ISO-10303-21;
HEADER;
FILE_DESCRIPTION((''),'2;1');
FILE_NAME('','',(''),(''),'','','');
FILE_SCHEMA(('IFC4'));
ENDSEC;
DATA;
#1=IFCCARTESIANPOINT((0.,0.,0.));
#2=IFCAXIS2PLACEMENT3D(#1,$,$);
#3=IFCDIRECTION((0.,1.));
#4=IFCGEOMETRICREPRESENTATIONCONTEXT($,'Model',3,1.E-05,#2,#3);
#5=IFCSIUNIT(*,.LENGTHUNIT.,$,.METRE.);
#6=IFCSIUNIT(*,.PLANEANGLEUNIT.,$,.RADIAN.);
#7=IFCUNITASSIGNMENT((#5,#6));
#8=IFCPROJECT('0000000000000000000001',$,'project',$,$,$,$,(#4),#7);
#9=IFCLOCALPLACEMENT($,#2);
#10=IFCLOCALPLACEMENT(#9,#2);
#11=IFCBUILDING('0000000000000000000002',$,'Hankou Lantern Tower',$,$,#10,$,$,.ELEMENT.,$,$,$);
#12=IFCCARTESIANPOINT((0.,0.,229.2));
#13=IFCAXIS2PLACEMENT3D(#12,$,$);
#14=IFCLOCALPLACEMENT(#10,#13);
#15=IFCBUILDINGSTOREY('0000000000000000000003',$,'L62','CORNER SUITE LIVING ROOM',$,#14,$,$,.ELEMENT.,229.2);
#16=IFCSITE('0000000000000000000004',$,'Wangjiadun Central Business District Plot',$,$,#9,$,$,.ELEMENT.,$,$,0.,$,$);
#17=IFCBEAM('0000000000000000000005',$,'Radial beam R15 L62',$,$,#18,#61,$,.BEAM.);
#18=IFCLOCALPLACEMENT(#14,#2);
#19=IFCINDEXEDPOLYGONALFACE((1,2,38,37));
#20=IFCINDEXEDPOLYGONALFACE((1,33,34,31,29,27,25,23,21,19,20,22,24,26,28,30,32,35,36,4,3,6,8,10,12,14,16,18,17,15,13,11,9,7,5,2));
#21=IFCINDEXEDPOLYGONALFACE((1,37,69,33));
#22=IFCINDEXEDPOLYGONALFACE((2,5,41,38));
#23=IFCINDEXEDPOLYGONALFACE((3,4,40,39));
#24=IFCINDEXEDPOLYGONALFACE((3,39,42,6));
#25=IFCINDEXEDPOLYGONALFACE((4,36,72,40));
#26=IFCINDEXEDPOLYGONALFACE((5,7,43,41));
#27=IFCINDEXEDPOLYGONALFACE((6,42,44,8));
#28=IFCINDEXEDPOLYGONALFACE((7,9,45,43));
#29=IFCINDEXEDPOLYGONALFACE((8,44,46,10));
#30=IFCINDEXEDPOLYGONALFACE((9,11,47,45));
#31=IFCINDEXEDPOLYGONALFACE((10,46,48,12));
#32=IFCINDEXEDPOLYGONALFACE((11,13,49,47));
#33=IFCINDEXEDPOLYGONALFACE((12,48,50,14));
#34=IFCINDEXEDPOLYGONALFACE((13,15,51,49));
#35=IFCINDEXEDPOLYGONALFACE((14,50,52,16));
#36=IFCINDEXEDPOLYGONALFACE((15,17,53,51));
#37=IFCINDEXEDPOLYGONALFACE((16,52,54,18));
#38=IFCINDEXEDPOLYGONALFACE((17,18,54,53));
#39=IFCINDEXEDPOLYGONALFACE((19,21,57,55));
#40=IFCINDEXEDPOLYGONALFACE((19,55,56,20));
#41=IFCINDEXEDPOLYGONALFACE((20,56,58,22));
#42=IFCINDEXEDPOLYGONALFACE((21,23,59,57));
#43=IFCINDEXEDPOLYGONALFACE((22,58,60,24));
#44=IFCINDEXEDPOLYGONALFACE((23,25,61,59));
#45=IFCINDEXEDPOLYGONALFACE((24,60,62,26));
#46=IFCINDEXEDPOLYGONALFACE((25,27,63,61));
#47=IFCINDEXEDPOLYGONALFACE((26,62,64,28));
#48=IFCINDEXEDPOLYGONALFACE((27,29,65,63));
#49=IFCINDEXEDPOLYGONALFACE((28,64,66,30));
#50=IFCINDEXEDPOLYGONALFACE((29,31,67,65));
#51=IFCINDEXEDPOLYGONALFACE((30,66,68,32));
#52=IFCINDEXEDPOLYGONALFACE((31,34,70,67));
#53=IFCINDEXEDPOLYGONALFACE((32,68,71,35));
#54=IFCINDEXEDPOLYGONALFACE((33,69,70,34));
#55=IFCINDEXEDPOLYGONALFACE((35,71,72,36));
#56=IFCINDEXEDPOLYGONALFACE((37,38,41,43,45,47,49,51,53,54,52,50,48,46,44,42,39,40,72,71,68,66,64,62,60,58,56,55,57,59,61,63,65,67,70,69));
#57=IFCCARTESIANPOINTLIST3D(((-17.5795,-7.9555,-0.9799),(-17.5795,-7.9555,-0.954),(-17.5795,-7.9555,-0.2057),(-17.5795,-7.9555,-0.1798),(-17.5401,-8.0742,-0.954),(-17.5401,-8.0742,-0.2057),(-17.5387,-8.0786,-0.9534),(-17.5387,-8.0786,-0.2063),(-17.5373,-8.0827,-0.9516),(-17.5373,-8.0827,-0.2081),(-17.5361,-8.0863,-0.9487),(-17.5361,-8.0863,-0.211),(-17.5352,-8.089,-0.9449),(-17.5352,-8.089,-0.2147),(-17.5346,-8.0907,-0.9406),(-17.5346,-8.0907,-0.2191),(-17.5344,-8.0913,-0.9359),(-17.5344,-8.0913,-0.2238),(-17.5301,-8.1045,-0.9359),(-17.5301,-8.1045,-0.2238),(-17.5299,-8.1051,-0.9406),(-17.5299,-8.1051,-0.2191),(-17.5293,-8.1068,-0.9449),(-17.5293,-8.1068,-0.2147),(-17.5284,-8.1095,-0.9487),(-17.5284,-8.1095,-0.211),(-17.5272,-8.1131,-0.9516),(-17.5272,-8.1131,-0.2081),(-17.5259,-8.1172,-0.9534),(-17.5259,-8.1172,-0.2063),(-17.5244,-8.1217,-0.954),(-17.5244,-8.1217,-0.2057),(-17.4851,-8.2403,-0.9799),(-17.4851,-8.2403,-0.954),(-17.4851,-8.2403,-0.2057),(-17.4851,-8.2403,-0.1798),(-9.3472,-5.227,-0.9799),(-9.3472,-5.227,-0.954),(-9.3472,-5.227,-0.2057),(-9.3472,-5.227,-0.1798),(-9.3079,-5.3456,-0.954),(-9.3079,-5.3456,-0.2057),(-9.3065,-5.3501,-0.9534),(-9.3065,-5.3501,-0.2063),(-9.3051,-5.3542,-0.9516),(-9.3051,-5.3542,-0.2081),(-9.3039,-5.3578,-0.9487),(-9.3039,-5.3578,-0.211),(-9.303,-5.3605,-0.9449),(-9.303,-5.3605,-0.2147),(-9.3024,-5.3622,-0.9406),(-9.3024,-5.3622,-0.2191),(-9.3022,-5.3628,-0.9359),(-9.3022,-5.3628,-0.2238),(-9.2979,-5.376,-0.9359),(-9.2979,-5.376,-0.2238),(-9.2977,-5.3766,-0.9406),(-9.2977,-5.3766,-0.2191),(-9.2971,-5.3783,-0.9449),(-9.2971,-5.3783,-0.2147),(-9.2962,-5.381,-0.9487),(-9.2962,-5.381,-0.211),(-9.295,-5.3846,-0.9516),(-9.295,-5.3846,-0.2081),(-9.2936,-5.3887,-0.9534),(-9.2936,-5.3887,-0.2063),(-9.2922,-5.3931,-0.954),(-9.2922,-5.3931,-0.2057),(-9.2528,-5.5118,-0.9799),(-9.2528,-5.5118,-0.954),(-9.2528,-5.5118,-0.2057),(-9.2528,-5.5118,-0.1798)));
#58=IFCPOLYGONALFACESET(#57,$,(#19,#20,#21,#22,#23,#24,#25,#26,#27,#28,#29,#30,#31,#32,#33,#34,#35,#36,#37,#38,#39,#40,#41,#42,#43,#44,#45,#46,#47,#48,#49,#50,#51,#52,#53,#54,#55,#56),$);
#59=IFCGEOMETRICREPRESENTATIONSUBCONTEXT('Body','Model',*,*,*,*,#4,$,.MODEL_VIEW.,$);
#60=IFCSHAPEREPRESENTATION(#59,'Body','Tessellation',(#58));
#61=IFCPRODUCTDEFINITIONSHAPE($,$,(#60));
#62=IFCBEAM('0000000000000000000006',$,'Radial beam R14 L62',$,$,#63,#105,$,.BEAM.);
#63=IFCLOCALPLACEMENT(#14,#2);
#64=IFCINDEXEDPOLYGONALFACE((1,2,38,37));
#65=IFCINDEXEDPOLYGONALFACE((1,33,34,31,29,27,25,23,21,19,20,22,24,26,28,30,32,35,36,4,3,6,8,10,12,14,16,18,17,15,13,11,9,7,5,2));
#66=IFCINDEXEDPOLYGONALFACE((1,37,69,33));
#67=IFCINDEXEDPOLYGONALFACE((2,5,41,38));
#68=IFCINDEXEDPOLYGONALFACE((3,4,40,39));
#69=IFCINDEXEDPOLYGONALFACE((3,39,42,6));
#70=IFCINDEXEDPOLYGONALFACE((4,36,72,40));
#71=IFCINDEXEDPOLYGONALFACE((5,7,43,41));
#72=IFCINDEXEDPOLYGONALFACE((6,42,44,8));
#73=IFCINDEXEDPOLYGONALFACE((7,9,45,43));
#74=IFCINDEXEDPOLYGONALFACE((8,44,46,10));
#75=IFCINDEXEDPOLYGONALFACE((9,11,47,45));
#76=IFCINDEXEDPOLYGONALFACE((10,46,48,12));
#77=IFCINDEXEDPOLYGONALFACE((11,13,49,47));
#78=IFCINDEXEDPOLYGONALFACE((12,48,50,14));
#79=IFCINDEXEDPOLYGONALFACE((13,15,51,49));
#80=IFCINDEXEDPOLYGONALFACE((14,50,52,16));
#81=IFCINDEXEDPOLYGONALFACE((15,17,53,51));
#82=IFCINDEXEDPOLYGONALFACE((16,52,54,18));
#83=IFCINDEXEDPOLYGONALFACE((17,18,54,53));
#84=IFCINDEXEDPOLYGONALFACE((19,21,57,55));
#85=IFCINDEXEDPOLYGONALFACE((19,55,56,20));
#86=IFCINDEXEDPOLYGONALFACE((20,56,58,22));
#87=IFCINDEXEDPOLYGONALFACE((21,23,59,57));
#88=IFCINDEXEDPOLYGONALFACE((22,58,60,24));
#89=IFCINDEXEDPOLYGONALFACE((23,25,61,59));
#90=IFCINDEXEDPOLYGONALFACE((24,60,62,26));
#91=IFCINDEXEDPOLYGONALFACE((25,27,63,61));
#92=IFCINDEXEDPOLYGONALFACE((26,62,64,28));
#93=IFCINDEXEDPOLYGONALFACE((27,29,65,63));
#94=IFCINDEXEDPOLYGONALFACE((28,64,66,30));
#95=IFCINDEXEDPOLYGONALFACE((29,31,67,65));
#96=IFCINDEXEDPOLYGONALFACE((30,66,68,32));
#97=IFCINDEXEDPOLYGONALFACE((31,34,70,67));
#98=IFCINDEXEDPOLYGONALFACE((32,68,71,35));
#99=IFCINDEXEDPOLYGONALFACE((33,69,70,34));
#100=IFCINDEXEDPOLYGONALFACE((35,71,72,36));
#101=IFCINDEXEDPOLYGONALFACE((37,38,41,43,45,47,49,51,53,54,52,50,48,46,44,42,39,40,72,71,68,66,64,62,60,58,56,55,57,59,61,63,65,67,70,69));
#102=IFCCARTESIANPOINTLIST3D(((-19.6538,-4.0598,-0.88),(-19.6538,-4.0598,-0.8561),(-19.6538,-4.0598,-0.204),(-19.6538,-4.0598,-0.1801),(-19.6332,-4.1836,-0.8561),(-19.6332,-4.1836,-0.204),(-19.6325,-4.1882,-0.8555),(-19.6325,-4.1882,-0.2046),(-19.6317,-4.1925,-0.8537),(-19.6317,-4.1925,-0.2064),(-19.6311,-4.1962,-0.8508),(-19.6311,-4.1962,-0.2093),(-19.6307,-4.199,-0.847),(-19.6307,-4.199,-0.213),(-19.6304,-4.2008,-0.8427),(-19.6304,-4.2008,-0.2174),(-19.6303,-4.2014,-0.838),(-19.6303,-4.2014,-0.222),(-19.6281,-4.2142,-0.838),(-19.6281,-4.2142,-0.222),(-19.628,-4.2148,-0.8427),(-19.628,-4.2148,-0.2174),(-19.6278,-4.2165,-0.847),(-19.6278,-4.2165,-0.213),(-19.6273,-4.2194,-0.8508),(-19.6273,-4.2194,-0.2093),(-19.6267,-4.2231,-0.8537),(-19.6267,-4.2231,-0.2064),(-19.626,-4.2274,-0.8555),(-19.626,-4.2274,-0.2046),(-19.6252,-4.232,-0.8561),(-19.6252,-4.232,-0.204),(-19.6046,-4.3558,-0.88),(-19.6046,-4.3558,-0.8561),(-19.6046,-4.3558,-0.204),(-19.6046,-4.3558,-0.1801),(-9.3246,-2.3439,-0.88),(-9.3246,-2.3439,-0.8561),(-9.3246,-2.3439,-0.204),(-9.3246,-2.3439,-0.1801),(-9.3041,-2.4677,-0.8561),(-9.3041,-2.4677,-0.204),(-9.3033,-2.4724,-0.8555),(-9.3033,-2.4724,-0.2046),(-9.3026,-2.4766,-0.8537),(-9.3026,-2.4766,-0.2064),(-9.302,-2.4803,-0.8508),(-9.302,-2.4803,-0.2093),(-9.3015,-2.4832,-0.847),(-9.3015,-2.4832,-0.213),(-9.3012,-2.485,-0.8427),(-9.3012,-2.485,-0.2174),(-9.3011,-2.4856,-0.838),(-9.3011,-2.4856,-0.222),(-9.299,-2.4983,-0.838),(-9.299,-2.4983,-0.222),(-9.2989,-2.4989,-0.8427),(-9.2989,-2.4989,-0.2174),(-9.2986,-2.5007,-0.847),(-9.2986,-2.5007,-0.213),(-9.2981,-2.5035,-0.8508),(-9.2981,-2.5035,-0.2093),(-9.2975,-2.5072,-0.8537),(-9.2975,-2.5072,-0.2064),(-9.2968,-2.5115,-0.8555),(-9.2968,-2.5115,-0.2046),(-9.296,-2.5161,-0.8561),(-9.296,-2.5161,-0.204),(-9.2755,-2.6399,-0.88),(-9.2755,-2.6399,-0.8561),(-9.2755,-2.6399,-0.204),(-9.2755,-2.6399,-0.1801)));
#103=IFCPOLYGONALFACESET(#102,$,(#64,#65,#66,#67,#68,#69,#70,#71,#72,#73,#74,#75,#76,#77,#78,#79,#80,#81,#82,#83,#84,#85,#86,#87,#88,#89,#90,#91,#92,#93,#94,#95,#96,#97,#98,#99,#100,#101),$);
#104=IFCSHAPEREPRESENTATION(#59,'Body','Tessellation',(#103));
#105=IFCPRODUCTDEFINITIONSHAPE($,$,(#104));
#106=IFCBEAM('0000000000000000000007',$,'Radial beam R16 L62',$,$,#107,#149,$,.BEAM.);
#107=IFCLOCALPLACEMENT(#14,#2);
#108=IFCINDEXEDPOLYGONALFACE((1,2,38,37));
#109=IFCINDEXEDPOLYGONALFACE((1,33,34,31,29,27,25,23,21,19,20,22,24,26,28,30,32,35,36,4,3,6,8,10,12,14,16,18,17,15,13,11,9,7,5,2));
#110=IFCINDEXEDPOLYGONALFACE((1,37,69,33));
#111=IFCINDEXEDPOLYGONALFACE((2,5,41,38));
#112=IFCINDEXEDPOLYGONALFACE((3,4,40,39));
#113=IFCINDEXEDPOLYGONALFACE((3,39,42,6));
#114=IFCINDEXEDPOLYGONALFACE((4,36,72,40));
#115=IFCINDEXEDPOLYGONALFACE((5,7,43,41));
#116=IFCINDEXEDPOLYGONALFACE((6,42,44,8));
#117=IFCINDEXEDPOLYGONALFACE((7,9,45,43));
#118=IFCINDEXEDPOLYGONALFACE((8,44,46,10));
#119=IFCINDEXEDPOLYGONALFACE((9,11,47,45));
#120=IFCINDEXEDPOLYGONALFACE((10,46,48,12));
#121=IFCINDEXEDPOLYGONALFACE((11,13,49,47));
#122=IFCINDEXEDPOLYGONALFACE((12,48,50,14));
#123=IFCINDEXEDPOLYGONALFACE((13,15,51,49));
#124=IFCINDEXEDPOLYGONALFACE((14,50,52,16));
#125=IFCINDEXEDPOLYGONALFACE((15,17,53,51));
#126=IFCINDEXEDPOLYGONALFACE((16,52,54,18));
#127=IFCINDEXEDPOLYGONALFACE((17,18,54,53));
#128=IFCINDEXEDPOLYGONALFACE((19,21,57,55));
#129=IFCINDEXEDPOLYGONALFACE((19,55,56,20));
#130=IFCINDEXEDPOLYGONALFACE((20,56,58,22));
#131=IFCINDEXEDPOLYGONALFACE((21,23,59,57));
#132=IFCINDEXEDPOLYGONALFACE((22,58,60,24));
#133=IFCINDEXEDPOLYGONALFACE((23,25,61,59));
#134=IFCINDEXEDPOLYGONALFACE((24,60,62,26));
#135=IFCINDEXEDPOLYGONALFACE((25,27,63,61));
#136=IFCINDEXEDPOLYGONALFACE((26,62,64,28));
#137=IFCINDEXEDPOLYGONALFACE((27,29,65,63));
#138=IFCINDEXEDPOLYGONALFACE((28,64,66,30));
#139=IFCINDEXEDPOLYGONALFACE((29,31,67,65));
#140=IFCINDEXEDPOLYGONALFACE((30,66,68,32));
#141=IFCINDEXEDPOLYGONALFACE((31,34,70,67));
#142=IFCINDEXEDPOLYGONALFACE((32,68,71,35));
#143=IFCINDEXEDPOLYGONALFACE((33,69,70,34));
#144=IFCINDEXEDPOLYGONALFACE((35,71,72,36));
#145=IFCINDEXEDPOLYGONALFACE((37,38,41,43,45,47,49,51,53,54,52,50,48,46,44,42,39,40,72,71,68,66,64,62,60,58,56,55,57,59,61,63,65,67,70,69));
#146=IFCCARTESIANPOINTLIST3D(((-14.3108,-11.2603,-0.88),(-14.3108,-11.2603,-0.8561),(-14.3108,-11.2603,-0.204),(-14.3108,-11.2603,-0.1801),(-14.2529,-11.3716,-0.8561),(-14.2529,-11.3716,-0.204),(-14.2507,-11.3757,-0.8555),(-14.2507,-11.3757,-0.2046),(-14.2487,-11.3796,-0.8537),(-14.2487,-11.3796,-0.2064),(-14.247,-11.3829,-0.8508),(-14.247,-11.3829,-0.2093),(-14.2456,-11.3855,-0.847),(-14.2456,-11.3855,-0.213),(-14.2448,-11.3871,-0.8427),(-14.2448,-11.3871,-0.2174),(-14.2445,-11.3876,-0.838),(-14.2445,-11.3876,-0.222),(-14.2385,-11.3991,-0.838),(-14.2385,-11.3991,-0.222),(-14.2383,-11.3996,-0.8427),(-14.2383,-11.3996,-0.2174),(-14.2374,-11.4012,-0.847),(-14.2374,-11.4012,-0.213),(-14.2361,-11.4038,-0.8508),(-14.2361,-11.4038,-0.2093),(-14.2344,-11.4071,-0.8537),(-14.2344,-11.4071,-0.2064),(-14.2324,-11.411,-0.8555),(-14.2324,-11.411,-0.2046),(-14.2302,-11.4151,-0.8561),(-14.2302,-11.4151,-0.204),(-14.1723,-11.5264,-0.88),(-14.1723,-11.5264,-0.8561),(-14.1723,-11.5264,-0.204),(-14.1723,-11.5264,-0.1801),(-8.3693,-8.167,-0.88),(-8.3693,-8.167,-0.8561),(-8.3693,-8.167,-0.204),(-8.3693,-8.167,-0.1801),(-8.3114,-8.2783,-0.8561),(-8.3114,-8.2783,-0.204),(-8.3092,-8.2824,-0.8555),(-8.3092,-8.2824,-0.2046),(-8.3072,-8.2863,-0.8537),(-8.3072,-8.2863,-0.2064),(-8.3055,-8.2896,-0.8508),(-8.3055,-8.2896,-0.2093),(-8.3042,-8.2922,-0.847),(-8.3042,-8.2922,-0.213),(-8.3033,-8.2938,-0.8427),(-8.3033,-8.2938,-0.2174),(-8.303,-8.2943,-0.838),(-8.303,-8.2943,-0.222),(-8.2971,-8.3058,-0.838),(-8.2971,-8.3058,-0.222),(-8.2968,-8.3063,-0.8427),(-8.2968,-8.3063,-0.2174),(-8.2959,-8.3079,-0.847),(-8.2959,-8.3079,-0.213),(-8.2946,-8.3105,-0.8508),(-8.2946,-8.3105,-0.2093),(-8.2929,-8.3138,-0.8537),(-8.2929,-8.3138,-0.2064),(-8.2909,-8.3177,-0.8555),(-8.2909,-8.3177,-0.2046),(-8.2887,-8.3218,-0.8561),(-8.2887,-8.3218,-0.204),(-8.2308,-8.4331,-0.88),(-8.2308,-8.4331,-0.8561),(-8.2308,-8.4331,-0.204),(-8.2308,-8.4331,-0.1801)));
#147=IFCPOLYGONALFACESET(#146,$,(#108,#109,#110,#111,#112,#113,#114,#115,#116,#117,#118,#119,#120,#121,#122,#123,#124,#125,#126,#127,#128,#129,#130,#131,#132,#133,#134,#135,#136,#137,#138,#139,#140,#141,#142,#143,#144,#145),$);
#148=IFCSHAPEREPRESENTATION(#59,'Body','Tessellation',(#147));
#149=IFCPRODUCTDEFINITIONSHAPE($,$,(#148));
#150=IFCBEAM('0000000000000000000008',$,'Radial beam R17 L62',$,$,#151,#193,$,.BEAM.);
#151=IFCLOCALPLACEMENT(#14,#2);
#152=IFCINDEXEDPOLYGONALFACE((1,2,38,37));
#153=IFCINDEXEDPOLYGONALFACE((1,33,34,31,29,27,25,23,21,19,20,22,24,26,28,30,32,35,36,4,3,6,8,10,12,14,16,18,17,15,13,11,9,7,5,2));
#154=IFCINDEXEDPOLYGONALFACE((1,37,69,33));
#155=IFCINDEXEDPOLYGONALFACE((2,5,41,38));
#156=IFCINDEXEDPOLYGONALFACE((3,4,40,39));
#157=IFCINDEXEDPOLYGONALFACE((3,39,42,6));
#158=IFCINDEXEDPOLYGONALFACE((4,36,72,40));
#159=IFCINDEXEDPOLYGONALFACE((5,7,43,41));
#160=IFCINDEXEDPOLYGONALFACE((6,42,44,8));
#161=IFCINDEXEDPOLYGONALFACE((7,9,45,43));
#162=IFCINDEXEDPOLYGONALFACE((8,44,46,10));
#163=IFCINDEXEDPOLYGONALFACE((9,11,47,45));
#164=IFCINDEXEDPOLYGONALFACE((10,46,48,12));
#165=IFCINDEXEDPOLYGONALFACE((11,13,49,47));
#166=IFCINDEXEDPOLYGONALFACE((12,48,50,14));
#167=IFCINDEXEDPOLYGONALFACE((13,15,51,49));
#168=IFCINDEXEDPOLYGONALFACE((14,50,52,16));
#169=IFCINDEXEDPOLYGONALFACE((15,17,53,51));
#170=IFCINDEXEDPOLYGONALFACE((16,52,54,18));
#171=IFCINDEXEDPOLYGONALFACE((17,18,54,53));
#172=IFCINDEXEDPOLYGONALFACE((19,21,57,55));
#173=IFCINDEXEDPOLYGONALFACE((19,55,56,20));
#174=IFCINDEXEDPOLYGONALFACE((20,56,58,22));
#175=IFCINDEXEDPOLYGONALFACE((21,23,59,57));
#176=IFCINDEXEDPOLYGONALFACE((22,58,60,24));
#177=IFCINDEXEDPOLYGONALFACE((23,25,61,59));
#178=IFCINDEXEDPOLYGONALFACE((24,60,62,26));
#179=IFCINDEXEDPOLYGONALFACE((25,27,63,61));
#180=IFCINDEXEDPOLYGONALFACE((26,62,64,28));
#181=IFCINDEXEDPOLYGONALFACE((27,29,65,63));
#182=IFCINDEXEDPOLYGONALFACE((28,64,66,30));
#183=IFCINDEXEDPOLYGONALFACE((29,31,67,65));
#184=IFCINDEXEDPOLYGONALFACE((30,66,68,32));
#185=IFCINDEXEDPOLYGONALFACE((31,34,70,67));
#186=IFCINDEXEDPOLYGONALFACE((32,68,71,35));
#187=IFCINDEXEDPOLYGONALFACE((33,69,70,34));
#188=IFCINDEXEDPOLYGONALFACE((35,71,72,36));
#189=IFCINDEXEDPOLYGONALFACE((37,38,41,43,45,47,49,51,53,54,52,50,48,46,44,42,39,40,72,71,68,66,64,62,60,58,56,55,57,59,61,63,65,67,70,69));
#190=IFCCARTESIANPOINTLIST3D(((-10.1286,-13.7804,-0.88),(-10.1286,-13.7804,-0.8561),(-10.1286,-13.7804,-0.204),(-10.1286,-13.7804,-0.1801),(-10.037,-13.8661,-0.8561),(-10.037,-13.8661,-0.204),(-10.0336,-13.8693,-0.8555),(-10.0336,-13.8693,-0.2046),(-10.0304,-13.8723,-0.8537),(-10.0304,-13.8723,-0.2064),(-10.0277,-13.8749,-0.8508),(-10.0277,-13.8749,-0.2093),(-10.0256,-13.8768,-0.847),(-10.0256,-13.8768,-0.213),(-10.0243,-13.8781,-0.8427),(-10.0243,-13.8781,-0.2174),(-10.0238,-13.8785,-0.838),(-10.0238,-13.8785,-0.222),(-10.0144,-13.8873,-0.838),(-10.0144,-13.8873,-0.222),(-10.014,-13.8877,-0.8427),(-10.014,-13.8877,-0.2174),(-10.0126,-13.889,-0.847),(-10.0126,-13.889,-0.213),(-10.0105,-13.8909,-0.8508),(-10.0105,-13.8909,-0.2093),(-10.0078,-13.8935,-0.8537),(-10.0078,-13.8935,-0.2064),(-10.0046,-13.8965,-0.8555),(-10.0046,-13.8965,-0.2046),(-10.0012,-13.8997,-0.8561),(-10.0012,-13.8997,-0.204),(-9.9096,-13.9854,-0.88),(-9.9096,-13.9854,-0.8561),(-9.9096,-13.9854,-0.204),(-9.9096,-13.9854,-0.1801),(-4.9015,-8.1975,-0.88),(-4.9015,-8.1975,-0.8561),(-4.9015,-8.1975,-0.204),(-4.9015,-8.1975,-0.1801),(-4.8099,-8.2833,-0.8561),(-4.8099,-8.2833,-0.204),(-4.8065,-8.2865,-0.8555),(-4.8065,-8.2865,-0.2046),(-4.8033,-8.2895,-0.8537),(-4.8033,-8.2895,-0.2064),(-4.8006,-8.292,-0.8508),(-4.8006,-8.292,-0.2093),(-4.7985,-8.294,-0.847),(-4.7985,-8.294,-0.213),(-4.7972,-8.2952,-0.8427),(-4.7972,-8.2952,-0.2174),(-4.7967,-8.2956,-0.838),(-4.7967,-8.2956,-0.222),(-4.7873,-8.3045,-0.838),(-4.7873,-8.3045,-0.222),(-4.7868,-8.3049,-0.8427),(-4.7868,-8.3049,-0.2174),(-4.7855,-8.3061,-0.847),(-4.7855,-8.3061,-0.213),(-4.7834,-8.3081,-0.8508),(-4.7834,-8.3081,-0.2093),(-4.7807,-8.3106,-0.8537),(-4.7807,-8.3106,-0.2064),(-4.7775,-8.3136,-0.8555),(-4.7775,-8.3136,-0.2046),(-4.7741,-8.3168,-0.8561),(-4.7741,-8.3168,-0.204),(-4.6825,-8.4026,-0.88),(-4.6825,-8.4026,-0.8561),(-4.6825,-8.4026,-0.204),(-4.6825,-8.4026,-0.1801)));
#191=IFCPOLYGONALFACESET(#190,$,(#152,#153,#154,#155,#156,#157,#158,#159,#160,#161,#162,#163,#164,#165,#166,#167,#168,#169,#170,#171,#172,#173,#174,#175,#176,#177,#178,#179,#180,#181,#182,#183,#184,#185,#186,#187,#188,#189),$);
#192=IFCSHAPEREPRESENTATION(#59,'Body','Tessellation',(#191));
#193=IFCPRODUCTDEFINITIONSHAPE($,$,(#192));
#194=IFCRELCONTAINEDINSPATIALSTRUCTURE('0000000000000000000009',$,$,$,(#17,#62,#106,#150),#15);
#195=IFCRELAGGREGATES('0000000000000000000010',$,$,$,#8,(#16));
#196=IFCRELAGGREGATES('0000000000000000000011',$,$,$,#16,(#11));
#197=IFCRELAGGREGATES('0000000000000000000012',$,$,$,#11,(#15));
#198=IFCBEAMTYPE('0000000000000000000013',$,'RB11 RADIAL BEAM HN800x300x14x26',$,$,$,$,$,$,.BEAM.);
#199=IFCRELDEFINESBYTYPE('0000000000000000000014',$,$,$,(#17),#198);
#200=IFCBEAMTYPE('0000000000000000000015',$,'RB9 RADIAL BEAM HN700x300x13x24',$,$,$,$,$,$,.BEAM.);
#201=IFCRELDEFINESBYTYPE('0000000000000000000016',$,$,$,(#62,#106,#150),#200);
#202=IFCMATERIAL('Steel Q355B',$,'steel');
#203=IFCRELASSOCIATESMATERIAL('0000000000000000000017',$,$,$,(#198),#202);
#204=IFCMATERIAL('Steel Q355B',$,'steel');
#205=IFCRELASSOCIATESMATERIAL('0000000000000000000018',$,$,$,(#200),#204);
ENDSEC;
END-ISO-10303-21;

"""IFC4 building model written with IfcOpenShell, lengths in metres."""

from ifc_helpers import new_model, si_unit, direction, frame, origin, origin_2d, place, context, subcontext, project, spatial, i_section, extrude, material, material_profile, profile_set, type_object, element, save


model = new_model("IFC4")

# Units and contexts
model_context = context("Model", 3, precision=1e-05, world=origin(), true_north=direction((0.0, 1.0)))
body_context = subcontext(model_context, "Body", "Model", "MODEL_VIEW")
ifc_project = project(units=[si_unit("LENGTHUNIT", "METRE"), si_unit("PLANEANGLEUNIT", "RADIAN")], contexts=[model_context])

# Site, building, storey
site_placement = place(None, origin())
site = spatial("IfcSite", under=ifc_project, at=site_placement, Name="Wangjiadun Central Business District Plot", CompositionType="ELEMENT", RefElevation=0.0)
building_placement = place(site_placement, origin())
building = spatial("IfcBuilding", under=site, at=building_placement, Name="Hankou Lantern Tower", CompositionType="ELEMENT")
storey_placement = place(building_placement, frame((0.0, 0.0, 229.2)))
storey = spatial("IfcBuildingStorey", under=building, at=storey_placement, Name="L62", Description="CORNER SUITE LIVING ROOM", CompositionType="ELEMENT", Elevation=229.2)

# Beams
ifc_material_1 = material(Name="Steel Q355B", Category="steel")
ifc_material_profile_1 = material_profile(ifc_material_1, i_section(OverallWidth=0.3, OverallDepth=0.8, WebThickness=0.0139, FlangeThickness=0.0259, FilletRadius=0.0181, at=origin_2d()), Name="HN800x300x14x26")
ifc_profile_set_1 = profile_set([ifc_material_profile_1], Name="Steel Q355B")
beam_type_1 = type_object("IfcBeamType", Name="RB11 RADIAL BEAM HN800x300x14x26", PredefinedType="BEAM", material=ifc_profile_set_1)
beam_1_placement = place(storey_placement, frame((-9.3, -5.3694, -0.5798), z_axis=(-0.94922, -0.314614, 0.0), x_axis=(0.314614, -0.94922, 0.0)))
element("IfcBeam", 1, at=beam_1_placement, inside=storey, type_object=beam_type_1, Name="Radial beam R15 L62", PredefinedType="BEAM", context=body_context, shape_type="SweptSolid", body=[
    extrude(i_section(OverallWidth=0.3, OverallDepth=0.8, WebThickness=0.0139, FlangeThickness=0.0259, FilletRadius=0.0181, at=origin_2d()), origin(), (0.0, 0.0, 1.0), 8.6726),
])
ifc_material_2 = material(Name="Steel Q355B", Category="steel")
ifc_material_profile_2 = material_profile(ifc_material_2, i_section(OverallWidth=0.3, OverallDepth=0.7, WebThickness=0.0129, FlangeThickness=0.0239, FilletRadius=0.0181, at=origin_2d()), Name="HN700x300x13x24")
ifc_profile_set_2 = profile_set([ifc_material_profile_2], Name="Steel Q355B")
beam_type_2 = type_object("IfcBeamType", Name="RB9 RADIAL BEAM HN700x300x13x24", PredefinedType="BEAM", material=ifc_profile_set_2)
beam_2_placement = place(storey_placement, frame((-9.3, -2.4919, -0.53), z_axis=(-0.986482, -0.16387, 0.0), x_axis=(0.16387, -0.986482, 0.0)))
element("IfcBeam", 2, at=beam_2_placement, inside=storey, type_object=beam_type_2, Name="Radial beam R14 L62", PredefinedType="BEAM", context=body_context, shape_type="SweptSolid", body=[
    extrude(i_section(OverallWidth=0.3, OverallDepth=0.7, WebThickness=0.0129, FlangeThickness=0.0239, FilletRadius=0.0181, at=origin_2d()), origin(), (0.0, 0.0, 1.0), 10.4707),
])
beam_3_placement = place(storey_placement, frame((-8.3, -8.3, -0.53), z_axis=(-0.886989, -0.461791, 0.0), x_axis=(0.461791, -0.886989, 0.0)))
element("IfcBeam", 3, at=beam_3_placement, inside=storey, type_object=beam_type_2, Name="Radial beam R16 L62", PredefinedType="BEAM", context=body_context, shape_type="SweptSolid", body=[
    extrude(i_section(OverallWidth=0.3, OverallDepth=0.7, WebThickness=0.0129, FlangeThickness=0.0239, FilletRadius=0.0181, at=origin_2d()), origin(), (0.0, 0.0, 1.0), 6.6985),
])
beam_4_placement = place(storey_placement, frame((-4.792, -8.3, -0.53), z_axis=(-0.683468, -0.72998, 0.0), x_axis=(0.72998, -0.683468, 0.0)))
element("IfcBeam", 4, at=beam_4_placement, inside=storey, type_object=beam_type_2, Name="Radial beam R17 L62", PredefinedType="BEAM", context=body_context, shape_type="SweptSolid", body=[
    extrude(i_section(OverallWidth=0.3, OverallDepth=0.7, WebThickness=0.0129, FlangeThickness=0.0239, FilletRadius=0.0181, at=origin_2d()), origin(), (0.0, 0.0, 1.0), 7.6479),
])

save(model, "model.ifc")
